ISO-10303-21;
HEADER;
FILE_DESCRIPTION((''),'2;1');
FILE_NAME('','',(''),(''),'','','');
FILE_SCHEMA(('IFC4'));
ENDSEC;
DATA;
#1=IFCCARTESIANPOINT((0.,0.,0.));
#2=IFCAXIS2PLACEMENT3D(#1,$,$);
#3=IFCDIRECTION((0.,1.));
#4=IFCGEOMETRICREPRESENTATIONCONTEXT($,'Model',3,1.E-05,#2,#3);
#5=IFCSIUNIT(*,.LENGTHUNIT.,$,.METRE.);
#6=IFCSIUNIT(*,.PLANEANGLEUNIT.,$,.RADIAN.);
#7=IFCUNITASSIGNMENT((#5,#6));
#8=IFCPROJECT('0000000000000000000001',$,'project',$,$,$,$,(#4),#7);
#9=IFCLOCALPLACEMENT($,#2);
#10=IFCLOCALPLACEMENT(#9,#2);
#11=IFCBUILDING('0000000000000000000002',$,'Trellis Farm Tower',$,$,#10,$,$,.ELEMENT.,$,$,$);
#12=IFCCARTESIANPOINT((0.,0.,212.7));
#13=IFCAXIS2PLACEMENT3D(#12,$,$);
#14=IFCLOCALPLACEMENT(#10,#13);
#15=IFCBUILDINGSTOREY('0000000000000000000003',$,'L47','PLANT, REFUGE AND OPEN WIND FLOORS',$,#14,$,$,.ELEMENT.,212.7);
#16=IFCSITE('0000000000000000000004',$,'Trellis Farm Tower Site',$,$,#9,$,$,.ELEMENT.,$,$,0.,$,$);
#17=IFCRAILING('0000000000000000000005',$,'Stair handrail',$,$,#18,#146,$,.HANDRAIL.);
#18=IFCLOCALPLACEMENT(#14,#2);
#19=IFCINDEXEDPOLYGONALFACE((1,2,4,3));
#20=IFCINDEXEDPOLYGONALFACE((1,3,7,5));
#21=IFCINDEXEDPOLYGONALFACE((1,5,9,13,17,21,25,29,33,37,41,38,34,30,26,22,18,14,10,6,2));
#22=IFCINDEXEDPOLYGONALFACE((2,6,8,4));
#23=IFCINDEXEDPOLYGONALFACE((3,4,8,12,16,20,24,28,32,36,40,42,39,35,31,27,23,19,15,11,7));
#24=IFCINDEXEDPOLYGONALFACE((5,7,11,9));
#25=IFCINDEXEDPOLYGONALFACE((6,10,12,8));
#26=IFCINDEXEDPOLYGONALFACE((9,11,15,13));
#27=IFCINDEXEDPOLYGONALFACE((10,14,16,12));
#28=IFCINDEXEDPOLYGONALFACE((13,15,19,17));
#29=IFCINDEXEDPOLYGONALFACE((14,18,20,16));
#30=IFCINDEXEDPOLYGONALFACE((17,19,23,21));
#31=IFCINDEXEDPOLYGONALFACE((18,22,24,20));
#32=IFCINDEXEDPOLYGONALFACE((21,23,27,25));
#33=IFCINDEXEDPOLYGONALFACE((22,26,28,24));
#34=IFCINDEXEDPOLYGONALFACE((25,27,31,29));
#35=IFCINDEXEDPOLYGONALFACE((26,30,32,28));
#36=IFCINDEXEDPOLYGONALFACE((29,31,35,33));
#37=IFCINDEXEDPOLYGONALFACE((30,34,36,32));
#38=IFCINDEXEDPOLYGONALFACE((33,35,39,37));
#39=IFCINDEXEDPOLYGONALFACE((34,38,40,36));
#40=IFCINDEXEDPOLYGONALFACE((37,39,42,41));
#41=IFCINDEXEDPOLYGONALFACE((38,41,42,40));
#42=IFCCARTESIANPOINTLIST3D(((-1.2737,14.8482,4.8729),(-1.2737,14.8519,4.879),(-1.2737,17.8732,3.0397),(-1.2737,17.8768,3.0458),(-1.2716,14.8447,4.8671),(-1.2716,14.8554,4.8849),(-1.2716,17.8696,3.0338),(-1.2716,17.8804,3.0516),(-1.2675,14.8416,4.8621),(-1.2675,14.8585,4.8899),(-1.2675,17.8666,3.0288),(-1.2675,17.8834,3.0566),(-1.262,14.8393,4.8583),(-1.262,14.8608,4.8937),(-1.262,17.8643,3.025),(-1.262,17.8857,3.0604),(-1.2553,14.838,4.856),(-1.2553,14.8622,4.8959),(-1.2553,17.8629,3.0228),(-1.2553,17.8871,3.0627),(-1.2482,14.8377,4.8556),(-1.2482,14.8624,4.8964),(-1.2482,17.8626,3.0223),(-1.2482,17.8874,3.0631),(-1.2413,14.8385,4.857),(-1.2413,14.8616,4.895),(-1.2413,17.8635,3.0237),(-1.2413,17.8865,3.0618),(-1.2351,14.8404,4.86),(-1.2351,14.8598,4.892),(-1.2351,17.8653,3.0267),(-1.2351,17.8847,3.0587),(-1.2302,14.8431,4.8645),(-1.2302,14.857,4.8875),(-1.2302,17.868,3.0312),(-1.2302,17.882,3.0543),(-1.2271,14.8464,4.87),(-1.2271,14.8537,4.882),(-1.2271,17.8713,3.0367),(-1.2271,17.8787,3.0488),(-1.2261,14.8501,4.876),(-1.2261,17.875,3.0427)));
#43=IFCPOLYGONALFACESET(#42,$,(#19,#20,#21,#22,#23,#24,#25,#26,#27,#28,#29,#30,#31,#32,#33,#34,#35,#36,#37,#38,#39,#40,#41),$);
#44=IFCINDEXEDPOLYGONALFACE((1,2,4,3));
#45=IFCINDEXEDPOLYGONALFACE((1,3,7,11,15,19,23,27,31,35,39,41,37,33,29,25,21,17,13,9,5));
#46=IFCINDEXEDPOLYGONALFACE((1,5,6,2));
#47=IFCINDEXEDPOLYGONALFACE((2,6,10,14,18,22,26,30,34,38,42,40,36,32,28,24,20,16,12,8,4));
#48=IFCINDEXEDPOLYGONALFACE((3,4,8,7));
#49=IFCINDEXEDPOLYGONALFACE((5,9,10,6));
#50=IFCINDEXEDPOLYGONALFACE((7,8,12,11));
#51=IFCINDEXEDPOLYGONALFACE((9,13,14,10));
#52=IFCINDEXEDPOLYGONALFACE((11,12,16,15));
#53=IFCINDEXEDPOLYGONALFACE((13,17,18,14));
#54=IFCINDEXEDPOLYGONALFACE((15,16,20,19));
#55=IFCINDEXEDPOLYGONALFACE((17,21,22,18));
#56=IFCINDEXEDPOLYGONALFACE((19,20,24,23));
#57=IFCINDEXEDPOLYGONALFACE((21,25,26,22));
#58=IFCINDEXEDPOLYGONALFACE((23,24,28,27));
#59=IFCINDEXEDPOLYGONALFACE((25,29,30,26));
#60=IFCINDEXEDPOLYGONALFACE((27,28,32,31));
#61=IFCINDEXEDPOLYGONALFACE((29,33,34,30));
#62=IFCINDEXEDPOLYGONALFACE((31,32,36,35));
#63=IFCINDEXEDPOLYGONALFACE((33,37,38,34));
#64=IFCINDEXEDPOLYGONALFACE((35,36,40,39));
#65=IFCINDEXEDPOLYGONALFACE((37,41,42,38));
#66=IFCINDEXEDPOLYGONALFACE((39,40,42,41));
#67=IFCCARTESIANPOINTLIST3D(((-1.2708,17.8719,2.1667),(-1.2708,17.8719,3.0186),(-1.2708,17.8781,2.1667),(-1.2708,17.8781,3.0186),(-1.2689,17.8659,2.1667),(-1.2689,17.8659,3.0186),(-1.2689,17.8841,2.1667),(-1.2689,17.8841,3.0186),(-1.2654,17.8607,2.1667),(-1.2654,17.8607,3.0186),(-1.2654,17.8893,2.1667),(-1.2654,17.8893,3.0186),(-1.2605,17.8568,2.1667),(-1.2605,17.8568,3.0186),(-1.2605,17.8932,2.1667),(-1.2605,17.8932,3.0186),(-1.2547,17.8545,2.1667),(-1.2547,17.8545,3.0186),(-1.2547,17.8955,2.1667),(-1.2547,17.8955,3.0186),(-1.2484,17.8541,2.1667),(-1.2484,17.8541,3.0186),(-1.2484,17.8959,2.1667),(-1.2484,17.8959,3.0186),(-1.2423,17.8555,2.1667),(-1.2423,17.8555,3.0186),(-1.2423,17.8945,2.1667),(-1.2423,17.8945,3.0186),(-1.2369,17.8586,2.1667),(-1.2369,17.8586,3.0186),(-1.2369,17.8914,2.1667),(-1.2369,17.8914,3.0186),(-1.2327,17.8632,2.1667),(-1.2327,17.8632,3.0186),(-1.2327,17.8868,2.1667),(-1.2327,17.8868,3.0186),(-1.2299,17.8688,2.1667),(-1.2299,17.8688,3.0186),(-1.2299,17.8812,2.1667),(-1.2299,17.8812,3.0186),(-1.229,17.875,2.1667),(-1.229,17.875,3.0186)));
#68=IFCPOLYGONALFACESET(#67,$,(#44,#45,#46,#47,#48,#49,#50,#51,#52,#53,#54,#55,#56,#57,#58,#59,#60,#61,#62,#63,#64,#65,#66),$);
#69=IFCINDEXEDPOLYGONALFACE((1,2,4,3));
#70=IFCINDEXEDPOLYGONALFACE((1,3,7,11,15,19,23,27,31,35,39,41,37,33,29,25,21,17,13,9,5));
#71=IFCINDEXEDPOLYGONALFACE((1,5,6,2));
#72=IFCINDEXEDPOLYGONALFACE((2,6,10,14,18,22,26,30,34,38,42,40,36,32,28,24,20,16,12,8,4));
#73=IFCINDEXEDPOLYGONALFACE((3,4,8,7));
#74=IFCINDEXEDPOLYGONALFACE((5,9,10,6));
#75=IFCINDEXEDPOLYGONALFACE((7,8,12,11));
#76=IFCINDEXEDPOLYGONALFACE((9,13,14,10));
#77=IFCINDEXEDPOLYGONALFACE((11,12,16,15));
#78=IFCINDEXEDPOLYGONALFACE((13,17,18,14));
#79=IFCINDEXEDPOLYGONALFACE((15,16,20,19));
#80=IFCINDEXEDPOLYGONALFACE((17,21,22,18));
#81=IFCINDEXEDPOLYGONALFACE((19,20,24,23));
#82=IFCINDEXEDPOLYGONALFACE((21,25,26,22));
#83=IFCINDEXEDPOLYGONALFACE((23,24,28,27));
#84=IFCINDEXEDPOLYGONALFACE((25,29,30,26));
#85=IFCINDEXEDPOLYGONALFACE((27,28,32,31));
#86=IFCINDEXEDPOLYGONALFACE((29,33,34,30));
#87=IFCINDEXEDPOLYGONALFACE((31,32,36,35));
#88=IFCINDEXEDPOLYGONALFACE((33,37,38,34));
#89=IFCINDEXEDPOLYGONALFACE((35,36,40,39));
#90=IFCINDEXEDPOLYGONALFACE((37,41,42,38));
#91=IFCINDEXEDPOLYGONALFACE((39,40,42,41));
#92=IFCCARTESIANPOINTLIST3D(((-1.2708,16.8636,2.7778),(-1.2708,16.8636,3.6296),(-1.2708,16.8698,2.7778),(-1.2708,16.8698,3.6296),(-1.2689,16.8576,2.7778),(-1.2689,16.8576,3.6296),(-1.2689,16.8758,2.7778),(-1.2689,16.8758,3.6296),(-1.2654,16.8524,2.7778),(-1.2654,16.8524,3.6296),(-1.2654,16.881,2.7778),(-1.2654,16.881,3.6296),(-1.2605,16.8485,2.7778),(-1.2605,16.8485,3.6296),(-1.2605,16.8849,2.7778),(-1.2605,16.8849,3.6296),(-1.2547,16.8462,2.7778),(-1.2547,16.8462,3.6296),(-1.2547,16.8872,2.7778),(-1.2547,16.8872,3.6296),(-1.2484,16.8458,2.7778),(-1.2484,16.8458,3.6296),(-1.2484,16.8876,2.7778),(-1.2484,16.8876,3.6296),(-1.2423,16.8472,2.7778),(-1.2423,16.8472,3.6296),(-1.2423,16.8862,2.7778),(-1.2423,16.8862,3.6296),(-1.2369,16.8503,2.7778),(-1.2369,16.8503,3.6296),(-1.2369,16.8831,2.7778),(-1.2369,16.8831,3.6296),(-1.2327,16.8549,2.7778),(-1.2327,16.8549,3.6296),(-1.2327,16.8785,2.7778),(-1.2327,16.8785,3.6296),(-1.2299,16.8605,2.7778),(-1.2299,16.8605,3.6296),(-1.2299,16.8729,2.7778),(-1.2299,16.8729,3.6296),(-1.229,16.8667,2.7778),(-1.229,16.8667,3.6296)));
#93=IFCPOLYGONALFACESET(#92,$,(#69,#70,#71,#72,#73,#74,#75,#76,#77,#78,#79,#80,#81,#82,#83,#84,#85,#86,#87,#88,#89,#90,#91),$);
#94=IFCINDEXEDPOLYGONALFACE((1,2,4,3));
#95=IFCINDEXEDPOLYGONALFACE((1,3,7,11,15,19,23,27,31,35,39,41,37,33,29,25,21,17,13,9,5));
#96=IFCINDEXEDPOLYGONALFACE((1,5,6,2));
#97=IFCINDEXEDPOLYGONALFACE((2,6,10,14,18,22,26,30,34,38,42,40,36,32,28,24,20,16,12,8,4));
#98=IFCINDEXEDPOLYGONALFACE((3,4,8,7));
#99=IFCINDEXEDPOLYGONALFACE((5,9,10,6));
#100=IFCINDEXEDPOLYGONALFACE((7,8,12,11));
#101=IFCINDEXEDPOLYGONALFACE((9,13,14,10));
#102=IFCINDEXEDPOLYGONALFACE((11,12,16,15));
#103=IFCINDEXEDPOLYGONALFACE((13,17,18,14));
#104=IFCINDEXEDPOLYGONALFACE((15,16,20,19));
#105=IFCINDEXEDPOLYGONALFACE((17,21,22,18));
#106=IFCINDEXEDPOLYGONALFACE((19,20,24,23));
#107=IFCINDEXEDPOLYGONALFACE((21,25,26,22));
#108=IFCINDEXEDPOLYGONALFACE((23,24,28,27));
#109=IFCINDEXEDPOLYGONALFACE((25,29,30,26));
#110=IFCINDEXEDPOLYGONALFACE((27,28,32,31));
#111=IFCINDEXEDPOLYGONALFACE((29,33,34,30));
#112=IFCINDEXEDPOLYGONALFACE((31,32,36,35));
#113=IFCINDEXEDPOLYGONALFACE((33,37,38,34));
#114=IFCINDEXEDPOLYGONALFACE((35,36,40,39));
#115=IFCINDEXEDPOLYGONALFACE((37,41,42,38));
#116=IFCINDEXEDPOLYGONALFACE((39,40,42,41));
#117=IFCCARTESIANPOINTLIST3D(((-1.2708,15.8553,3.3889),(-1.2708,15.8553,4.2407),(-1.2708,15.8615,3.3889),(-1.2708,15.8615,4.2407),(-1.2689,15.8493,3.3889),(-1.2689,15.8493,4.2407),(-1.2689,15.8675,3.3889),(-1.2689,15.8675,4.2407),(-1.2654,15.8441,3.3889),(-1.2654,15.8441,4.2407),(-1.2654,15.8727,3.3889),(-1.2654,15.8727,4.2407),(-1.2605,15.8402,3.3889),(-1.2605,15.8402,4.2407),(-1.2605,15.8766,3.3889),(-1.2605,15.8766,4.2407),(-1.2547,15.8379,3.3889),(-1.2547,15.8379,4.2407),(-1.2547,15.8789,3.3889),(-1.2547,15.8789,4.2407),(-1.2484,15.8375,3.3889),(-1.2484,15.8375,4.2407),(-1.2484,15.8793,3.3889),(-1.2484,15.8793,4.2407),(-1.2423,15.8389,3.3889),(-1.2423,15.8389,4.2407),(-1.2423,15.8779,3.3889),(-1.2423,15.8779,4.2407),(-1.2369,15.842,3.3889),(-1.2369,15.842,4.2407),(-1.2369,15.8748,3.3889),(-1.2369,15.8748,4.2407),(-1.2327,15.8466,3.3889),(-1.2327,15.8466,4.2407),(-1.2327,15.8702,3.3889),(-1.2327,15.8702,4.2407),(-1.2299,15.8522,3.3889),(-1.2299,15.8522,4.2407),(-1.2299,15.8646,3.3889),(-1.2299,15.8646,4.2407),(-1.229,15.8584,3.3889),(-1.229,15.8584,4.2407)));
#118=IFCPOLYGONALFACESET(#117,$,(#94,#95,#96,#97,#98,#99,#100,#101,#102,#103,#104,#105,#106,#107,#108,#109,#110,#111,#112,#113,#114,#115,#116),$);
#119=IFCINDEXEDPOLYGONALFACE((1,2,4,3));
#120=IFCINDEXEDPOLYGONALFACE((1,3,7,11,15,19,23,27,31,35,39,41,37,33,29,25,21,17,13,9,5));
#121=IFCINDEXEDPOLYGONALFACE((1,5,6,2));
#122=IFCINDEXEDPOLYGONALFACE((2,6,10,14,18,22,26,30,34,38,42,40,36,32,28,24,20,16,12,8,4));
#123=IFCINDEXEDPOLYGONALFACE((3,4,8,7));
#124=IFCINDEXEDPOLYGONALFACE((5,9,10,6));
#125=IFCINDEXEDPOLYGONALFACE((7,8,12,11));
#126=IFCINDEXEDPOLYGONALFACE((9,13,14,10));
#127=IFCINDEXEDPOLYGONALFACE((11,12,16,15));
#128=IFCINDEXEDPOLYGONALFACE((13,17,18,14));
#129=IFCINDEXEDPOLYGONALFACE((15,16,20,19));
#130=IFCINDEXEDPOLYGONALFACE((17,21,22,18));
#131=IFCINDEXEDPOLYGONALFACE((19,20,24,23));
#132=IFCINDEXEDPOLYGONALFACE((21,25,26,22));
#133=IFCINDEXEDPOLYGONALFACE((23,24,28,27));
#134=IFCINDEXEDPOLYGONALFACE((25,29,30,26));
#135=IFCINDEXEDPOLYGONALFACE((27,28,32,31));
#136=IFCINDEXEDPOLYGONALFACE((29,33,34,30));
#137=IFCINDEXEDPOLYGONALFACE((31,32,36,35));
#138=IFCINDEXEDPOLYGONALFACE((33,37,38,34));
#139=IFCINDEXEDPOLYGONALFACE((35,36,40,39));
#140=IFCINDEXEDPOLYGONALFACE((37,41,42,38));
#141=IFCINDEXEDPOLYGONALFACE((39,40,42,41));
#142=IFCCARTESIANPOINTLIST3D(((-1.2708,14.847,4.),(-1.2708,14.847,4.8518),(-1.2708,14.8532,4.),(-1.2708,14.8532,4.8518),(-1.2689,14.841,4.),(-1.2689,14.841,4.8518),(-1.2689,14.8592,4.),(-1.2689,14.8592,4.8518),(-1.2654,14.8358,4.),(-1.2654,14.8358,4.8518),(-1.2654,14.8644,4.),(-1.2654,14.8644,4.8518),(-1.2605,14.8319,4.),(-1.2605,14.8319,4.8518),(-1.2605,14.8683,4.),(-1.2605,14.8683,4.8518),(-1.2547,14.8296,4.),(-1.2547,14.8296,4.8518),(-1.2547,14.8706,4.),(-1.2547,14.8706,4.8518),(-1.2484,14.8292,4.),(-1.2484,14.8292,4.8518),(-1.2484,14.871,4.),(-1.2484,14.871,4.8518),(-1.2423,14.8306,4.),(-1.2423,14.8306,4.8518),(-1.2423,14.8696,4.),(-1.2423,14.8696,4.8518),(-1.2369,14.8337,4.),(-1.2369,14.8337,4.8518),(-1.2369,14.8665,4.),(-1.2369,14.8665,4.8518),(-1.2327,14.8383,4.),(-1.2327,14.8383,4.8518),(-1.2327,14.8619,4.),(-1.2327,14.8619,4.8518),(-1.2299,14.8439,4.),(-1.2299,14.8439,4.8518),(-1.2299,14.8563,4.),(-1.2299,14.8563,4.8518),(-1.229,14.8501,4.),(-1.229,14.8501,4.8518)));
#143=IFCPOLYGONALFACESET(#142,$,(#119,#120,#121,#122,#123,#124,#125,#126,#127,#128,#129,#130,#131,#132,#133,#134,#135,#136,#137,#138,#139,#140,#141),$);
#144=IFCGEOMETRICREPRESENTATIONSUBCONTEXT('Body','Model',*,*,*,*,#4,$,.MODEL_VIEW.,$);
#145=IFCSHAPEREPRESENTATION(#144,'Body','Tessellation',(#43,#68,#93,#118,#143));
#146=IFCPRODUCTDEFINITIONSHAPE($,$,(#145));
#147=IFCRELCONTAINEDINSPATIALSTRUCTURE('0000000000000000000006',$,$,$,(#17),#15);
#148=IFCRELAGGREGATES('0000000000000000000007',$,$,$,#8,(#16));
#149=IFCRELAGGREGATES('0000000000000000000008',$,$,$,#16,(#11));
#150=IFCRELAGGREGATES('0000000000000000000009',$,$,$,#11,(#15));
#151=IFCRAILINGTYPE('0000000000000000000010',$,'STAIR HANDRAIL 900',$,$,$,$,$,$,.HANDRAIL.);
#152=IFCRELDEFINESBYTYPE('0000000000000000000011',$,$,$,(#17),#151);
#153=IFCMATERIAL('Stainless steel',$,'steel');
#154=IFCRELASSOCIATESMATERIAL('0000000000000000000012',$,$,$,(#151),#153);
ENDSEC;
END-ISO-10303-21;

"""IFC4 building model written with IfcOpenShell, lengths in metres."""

from ifc_helpers import new_model, si_unit, direction, frame, origin, origin_2d, place, context, subcontext, project, spatial, circle, extrude, source, transform, mapped, material, type_object, element, save


model = new_model("IFC4")

# Units and contexts
model_context = context("Model", 3, precision=1e-05, world=origin(), true_north=direction((0.0, 1.0)))
body_context = subcontext(model_context, "Body", "Model", "MODEL_VIEW")
ifc_project = project(units=[si_unit("LENGTHUNIT", "METRE"), si_unit("PLANEANGLEUNIT", "RADIAN")], contexts=[model_context])

# Site, building, storey
site_placement = place(None, origin())
site = spatial("IfcSite", under=ifc_project, at=site_placement, Name="Trellis Farm Tower Site", CompositionType="ELEMENT", RefElevation=0.0)
building_placement = place(site_placement, origin())
building = spatial("IfcBuilding", under=site, at=building_placement, Name="Trellis Farm Tower", CompositionType="ELEMENT")
storey_placement = place(building_placement, frame((0.0, 0.0, 212.7)))
storey = spatial("IfcBuildingStorey", under=building, at=storey_placement, Name="L47", Description="PLANT, REFUGE AND OPEN WIND FLOORS", CompositionType="ELEMENT", Elevation=212.7)

# Railing
ifc_material_1 = material(Name="Stainless steel", Category="steel")
railing_type_1 = type_object("IfcRailingType", Name="STAIR HANDRAIL 900", PredefinedType="HANDRAIL", material=ifc_material_1)
shared_shape_1 = source(origin(), body_context, "Body", "SweptSolid", [
    extrude(circle(Radius=0.0239, at=origin_2d()), frame((0.0, 0.0, 0.876), z_axis=(0.0, -0.855201, 0.518297), x_axis=(1.0, 0.0, 0.0)), (0.0, 0.0, 1.0), 3.5371),
    extrude(circle(Radius=0.021, at=origin_2d()), origin(), (0.0, 0.0, 1.0), 0.8518),
    extrude(circle(Radius=0.021, at=origin_2d()), frame((0.0, -1.0083, 0.6111)), (0.0, 0.0, 1.0), 0.8518),
    extrude(circle(Radius=0.021, at=origin_2d()), frame((0.0, -2.0166, 1.2222)), (0.0, 0.0, 1.0), 0.8518),
    extrude(circle(Radius=0.021, at=origin_2d()), frame((0.0, -3.0249, 1.8333)), (0.0, 0.0, 1.0), 0.8518),
])
for number, where, name in (
    (1, (-1.25, 17.875, 2.1667), "Stair handrail"),
):
    element("IfcRailing", number, at=place(storey_placement, frame(where)), inside=storey, type_object=railing_type_1, Name=name, PredefinedType="HANDRAIL", context=body_context, shape_type="MappedRepresentation", body=[
        mapped(shared_shape_1, transform((0.0, 0.0, 0.0))),
    ])

save(model, "model.ifc")
